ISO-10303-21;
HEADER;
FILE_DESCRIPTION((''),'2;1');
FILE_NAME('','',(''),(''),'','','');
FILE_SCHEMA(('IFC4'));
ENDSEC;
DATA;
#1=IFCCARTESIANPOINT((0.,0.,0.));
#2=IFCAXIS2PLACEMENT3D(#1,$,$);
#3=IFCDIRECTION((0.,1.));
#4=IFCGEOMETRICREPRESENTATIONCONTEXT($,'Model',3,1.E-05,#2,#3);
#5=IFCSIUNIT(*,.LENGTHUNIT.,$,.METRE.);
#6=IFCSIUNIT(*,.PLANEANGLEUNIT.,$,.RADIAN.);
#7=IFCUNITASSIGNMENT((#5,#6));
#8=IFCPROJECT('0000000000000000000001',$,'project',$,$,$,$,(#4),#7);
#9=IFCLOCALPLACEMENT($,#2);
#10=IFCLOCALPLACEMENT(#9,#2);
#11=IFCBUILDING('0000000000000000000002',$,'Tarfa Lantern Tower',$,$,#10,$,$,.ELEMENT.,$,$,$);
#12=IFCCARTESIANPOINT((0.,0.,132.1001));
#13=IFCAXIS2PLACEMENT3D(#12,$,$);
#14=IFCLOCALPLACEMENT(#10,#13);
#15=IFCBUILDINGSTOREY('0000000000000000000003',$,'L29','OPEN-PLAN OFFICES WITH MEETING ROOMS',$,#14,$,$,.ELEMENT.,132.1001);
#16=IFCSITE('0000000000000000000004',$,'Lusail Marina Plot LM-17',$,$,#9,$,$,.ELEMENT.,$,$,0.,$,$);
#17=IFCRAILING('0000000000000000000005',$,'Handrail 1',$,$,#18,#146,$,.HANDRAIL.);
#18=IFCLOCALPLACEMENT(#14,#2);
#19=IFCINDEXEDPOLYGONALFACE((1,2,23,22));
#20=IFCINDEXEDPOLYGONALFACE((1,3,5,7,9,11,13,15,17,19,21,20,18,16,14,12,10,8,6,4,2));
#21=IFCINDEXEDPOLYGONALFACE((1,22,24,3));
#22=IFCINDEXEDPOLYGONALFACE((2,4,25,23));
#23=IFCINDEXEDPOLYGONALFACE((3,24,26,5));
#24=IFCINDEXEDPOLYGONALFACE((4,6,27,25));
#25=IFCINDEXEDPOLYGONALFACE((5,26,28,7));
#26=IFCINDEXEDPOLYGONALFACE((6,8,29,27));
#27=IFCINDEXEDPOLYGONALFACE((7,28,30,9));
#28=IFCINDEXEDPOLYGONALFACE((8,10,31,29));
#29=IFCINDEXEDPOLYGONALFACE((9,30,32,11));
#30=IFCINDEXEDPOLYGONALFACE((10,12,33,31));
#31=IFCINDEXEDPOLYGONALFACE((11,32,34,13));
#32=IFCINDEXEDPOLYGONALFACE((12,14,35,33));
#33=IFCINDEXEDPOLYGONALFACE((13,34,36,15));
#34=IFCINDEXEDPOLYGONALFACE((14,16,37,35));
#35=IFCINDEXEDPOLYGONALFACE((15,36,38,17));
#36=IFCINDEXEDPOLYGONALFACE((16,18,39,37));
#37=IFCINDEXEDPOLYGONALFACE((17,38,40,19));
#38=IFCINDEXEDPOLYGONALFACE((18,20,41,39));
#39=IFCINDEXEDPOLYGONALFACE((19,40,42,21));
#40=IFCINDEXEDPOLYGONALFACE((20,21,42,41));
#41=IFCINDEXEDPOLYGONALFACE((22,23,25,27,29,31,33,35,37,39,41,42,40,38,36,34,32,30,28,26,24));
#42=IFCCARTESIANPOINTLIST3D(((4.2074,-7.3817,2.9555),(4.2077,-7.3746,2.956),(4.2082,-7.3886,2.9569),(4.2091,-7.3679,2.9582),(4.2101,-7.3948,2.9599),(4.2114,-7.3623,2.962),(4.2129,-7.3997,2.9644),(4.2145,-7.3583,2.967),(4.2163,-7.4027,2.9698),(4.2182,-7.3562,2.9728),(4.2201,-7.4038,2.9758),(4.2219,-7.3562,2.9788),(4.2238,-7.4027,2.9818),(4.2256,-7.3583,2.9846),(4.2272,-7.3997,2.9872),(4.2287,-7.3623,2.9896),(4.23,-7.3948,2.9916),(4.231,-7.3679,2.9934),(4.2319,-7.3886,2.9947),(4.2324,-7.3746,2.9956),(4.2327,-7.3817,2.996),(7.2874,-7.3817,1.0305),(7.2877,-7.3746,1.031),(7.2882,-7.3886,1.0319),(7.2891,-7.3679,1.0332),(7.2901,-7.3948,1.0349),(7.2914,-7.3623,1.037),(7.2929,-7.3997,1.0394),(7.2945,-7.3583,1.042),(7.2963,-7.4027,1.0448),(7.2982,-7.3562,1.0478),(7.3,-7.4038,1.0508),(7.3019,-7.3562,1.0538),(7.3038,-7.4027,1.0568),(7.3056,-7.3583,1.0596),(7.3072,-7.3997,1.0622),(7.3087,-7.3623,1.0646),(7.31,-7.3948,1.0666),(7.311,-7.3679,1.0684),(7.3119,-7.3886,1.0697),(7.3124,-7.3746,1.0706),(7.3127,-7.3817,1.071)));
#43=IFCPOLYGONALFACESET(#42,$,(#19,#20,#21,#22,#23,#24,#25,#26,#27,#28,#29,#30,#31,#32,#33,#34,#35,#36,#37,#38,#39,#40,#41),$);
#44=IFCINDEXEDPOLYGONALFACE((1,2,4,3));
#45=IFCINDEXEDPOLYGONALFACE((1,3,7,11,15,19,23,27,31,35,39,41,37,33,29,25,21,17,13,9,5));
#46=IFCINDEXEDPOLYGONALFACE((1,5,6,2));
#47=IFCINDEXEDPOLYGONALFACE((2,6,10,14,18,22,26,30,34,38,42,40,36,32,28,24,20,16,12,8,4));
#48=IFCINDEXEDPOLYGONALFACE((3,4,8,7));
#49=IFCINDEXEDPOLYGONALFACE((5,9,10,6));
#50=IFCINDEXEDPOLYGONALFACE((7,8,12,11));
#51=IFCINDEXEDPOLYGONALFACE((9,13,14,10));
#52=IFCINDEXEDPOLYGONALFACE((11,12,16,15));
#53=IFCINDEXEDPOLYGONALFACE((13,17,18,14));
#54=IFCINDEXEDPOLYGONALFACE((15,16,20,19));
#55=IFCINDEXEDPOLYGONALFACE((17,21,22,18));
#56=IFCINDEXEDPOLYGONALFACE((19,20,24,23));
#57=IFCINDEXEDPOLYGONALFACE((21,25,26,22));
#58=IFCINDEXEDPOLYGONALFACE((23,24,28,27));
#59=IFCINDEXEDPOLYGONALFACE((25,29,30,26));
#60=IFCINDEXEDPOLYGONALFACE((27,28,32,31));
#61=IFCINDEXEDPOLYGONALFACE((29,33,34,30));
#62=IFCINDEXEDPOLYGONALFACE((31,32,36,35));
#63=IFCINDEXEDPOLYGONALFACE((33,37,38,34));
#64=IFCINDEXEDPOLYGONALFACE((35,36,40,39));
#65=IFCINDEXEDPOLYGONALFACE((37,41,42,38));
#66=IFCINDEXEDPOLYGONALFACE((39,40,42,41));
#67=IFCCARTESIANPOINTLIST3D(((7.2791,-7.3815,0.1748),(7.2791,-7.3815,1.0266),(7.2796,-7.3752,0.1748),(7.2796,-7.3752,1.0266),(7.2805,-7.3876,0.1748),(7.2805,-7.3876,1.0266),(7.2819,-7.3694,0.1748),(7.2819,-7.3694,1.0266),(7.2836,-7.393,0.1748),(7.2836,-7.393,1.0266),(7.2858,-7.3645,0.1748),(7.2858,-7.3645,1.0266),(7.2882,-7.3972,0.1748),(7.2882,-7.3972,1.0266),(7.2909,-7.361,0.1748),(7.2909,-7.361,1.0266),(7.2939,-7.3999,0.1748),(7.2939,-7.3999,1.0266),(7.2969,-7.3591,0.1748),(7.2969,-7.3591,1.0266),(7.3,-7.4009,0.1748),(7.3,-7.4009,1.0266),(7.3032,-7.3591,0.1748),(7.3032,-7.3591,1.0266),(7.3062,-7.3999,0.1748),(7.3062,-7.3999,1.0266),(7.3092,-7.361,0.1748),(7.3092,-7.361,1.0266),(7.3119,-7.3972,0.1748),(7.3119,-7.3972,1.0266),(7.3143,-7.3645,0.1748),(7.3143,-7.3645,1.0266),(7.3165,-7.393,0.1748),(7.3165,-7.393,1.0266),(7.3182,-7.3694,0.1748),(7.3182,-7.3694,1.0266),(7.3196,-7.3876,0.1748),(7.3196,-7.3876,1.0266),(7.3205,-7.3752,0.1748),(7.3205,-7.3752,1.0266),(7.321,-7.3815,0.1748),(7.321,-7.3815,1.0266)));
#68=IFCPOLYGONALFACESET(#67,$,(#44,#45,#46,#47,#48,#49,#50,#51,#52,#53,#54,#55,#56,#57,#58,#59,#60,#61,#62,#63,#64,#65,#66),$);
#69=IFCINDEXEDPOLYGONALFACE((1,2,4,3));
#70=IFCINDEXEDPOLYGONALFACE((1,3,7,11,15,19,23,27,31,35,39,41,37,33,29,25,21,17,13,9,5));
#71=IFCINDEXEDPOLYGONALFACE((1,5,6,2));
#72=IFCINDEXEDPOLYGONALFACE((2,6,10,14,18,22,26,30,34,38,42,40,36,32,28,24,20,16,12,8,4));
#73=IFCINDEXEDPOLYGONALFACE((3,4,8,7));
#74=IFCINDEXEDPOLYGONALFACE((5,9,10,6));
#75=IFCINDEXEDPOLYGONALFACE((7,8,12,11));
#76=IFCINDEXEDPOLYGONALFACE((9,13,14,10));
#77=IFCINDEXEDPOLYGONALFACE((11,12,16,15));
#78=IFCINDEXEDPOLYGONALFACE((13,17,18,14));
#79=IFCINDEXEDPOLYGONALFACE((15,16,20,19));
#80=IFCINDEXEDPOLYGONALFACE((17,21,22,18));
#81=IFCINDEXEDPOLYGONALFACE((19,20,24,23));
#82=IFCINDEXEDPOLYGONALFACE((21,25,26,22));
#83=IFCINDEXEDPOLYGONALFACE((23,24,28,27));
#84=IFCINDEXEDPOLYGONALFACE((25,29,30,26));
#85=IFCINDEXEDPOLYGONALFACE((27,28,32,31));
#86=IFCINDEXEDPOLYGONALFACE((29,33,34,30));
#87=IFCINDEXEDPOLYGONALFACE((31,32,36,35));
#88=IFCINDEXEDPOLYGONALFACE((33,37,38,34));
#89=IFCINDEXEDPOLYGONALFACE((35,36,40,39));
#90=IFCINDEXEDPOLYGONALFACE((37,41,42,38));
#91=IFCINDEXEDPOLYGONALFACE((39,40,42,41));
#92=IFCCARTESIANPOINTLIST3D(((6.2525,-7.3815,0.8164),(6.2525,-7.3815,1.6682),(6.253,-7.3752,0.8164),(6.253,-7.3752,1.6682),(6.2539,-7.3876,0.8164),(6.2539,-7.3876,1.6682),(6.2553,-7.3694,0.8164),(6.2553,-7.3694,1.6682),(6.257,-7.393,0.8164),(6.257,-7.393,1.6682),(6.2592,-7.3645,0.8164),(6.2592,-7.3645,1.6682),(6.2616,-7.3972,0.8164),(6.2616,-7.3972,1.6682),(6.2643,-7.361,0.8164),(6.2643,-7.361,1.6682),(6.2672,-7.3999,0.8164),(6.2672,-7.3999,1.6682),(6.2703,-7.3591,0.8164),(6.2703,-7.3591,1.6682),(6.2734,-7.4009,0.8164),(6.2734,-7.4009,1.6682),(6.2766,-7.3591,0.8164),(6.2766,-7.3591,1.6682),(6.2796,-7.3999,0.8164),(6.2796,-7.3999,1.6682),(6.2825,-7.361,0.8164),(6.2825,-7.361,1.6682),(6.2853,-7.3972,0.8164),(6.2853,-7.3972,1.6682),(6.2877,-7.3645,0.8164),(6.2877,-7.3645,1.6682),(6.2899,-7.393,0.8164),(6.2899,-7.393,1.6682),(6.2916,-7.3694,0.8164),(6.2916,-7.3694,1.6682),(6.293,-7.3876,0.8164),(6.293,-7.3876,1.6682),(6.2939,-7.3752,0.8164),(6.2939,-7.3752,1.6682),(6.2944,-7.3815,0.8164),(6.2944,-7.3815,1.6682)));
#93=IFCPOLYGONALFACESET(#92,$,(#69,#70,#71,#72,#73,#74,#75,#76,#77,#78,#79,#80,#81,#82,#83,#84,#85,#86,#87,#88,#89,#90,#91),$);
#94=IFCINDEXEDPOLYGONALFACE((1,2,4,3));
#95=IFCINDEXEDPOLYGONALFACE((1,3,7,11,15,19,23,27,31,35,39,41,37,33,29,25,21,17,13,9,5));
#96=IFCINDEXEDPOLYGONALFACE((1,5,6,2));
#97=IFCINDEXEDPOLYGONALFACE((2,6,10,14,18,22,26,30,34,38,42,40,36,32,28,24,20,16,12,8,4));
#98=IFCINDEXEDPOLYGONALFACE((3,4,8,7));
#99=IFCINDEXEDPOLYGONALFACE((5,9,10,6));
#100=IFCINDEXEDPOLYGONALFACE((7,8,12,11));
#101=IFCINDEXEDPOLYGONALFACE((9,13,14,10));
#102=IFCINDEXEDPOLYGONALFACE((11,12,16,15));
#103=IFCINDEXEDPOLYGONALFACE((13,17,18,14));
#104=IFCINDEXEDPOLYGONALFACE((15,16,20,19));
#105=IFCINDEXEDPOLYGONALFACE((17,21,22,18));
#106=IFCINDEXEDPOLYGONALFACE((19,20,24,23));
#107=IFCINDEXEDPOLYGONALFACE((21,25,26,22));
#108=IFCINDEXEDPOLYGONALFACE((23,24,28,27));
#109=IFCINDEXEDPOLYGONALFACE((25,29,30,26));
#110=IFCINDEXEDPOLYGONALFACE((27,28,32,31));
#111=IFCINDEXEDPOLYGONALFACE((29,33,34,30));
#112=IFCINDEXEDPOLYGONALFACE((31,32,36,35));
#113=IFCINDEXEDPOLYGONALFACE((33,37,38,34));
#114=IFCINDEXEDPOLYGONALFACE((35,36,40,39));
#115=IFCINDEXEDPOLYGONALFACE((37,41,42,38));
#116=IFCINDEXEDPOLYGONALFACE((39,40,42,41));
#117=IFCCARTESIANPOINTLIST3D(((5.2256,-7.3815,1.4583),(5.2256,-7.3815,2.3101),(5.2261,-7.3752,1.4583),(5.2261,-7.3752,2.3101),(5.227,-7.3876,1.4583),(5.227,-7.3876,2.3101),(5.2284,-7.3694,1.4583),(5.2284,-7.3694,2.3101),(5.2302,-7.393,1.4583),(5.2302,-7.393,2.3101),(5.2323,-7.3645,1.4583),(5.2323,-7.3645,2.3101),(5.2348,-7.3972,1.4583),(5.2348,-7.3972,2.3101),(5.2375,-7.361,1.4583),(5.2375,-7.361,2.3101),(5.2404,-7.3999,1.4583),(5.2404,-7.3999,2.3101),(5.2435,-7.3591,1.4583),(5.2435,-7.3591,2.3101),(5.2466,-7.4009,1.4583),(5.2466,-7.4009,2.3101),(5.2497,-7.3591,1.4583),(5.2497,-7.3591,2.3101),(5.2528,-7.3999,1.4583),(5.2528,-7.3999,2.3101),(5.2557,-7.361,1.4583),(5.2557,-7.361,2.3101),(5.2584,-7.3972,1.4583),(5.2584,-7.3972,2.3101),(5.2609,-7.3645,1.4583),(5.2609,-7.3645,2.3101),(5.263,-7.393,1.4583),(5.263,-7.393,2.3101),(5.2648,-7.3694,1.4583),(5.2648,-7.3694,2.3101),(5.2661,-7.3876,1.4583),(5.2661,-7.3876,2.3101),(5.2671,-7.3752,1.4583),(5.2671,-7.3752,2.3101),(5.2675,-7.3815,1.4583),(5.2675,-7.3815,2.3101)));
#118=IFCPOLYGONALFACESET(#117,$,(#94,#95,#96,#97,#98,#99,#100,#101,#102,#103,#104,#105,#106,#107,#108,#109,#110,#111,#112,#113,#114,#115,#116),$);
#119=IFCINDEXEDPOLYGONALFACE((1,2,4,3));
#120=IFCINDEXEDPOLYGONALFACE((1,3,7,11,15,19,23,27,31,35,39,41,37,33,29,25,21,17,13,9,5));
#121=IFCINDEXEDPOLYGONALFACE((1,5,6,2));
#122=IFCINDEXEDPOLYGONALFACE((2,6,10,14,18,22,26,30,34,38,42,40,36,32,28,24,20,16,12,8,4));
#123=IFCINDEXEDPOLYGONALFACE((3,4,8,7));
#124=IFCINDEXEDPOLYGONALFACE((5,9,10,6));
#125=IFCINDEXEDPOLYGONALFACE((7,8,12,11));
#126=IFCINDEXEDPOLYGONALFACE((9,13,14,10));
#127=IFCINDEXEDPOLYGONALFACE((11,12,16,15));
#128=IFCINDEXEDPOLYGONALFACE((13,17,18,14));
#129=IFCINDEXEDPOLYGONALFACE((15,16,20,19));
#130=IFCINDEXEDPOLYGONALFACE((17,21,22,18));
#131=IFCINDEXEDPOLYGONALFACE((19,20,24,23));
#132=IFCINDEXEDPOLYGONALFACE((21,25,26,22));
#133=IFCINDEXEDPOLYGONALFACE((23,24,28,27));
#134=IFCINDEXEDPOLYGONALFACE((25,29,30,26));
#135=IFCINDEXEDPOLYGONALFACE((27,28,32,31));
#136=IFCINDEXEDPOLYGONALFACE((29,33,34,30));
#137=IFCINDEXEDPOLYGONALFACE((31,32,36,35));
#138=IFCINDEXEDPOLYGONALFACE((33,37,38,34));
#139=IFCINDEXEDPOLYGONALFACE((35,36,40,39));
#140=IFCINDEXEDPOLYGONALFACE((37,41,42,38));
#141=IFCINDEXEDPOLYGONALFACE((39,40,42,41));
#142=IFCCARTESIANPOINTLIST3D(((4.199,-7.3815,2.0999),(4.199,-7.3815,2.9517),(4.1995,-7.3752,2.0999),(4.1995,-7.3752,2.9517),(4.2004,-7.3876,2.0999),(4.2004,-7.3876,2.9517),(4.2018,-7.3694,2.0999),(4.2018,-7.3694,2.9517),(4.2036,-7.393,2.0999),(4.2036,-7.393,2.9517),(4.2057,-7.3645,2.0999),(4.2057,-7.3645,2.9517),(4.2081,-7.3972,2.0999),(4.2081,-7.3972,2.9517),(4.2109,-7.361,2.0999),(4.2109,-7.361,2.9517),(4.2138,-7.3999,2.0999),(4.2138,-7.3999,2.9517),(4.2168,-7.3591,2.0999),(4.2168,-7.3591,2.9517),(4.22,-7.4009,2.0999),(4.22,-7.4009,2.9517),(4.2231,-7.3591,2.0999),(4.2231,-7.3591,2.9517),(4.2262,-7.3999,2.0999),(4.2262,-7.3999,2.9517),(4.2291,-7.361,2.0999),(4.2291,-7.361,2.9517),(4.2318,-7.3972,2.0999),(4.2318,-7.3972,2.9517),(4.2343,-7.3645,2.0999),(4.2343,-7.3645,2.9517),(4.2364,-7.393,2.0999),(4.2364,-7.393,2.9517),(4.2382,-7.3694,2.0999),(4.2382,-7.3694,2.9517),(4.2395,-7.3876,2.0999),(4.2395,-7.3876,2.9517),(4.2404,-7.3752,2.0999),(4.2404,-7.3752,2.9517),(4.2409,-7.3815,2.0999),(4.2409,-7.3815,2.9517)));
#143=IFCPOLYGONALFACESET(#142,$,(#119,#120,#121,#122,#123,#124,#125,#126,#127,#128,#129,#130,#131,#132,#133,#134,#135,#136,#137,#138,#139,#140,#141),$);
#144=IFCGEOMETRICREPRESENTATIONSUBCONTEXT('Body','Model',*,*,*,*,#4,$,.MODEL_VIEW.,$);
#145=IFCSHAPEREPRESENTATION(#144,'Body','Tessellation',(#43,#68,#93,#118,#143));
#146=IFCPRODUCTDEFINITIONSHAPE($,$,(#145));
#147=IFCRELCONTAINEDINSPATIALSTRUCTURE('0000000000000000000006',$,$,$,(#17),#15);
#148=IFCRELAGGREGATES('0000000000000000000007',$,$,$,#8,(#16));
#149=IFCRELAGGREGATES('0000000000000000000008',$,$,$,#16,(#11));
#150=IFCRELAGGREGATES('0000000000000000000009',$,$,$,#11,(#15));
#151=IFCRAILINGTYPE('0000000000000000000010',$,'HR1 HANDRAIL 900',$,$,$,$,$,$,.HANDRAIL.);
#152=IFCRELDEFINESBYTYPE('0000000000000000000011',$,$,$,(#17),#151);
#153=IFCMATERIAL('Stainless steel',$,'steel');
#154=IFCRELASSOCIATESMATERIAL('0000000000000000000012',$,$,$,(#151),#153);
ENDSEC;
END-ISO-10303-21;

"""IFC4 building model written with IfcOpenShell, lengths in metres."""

from ifc_helpers import new_model, si_unit, direction, frame, origin, origin_2d, place, context, subcontext, project, spatial, circle, extrude, material, type_object, element, save


model = new_model("IFC4")

# Units and contexts
model_context = context("Model", 3, precision=1e-05, world=origin(), true_north=direction((0.0, 1.0)))
body_context = subcontext(model_context, "Body", "Model", "MODEL_VIEW")
ifc_project = project(units=[si_unit("LENGTHUNIT", "METRE"), si_unit("PLANEANGLEUNIT", "RADIAN")], contexts=[model_context])

# Site, building, storey
site_placement = place(None, origin())
site = spatial("IfcSite", under=ifc_project, at=site_placement, Name="Lusail Marina Plot LM-17", CompositionType="ELEMENT", RefElevation=0.0)
building_placement = place(site_placement, origin())
building = spatial("IfcBuilding", under=site, at=building_placement, Name="Tarfa Lantern Tower", CompositionType="ELEMENT")
storey_placement = place(building_placement, frame((0.0, 0.0, 132.1001)))
storey = spatial("IfcBuildingStorey", under=building, at=storey_placement, Name="L29", Description="OPEN-PLAN OFFICES WITH MEETING ROOMS", CompositionType="ELEMENT", Elevation=132.1001)

# Railing
ifc_material_1 = material(Name="Stainless steel", Category="steel")
railing_type = type_object("IfcRailingType", Name="HR1 HANDRAIL 900", PredefinedType="HANDRAIL", material=ifc_material_1)
railing_placement = place(storey_placement, frame((7.3, -7.3799, 0.1748)))
element("IfcRailing", 1, at=railing_placement, inside=storey, type_object=railing_type, Name="Handrail 1", PredefinedType="HANDRAIL", context=body_context, shape_type="SweptSolid", body=[
    extrude(circle(Radius=0.0239, at=origin_2d()), frame((0.0, 0.0, 0.876), z_axis=(-0.847998, 0.0, 0.529999), x_axis=(0.0, -1.0, 0.0)), (0.0, 0.0, 1.0), 3.6321),
    extrude(circle(Radius=0.021, at=origin_2d()), frame((0.0, 0.0, 0.0), z_axis=(0.0, 0.0, 1.0), x_axis=(0.0, -1.0, 0.0)), (0.0, 0.0, 1.0), 0.8518),
    extrude(circle(Radius=0.021, at=origin_2d()), frame((-1.0266, 0.0, 0.6416), z_axis=(0.0, 0.0, 1.0), x_axis=(0.0, -1.0, 0.0)), (0.0, 0.0, 1.0), 0.8518),
    extrude(circle(Radius=0.021, at=origin_2d()), frame((-2.0535, 0.0, 1.2834), z_axis=(0.0, 0.0, 1.0), x_axis=(0.0, -1.0, 0.0)), (0.0, 0.0, 1.0), 0.8518),
    extrude(circle(Radius=0.021, at=origin_2d()), frame((-3.0801, 0.0, 1.925), z_axis=(0.0, 0.0, 1.0), x_axis=(0.0, -1.0, 0.0)), (0.0, 0.0, 1.0), 0.8518),
])

save(model, "model.ifc")
